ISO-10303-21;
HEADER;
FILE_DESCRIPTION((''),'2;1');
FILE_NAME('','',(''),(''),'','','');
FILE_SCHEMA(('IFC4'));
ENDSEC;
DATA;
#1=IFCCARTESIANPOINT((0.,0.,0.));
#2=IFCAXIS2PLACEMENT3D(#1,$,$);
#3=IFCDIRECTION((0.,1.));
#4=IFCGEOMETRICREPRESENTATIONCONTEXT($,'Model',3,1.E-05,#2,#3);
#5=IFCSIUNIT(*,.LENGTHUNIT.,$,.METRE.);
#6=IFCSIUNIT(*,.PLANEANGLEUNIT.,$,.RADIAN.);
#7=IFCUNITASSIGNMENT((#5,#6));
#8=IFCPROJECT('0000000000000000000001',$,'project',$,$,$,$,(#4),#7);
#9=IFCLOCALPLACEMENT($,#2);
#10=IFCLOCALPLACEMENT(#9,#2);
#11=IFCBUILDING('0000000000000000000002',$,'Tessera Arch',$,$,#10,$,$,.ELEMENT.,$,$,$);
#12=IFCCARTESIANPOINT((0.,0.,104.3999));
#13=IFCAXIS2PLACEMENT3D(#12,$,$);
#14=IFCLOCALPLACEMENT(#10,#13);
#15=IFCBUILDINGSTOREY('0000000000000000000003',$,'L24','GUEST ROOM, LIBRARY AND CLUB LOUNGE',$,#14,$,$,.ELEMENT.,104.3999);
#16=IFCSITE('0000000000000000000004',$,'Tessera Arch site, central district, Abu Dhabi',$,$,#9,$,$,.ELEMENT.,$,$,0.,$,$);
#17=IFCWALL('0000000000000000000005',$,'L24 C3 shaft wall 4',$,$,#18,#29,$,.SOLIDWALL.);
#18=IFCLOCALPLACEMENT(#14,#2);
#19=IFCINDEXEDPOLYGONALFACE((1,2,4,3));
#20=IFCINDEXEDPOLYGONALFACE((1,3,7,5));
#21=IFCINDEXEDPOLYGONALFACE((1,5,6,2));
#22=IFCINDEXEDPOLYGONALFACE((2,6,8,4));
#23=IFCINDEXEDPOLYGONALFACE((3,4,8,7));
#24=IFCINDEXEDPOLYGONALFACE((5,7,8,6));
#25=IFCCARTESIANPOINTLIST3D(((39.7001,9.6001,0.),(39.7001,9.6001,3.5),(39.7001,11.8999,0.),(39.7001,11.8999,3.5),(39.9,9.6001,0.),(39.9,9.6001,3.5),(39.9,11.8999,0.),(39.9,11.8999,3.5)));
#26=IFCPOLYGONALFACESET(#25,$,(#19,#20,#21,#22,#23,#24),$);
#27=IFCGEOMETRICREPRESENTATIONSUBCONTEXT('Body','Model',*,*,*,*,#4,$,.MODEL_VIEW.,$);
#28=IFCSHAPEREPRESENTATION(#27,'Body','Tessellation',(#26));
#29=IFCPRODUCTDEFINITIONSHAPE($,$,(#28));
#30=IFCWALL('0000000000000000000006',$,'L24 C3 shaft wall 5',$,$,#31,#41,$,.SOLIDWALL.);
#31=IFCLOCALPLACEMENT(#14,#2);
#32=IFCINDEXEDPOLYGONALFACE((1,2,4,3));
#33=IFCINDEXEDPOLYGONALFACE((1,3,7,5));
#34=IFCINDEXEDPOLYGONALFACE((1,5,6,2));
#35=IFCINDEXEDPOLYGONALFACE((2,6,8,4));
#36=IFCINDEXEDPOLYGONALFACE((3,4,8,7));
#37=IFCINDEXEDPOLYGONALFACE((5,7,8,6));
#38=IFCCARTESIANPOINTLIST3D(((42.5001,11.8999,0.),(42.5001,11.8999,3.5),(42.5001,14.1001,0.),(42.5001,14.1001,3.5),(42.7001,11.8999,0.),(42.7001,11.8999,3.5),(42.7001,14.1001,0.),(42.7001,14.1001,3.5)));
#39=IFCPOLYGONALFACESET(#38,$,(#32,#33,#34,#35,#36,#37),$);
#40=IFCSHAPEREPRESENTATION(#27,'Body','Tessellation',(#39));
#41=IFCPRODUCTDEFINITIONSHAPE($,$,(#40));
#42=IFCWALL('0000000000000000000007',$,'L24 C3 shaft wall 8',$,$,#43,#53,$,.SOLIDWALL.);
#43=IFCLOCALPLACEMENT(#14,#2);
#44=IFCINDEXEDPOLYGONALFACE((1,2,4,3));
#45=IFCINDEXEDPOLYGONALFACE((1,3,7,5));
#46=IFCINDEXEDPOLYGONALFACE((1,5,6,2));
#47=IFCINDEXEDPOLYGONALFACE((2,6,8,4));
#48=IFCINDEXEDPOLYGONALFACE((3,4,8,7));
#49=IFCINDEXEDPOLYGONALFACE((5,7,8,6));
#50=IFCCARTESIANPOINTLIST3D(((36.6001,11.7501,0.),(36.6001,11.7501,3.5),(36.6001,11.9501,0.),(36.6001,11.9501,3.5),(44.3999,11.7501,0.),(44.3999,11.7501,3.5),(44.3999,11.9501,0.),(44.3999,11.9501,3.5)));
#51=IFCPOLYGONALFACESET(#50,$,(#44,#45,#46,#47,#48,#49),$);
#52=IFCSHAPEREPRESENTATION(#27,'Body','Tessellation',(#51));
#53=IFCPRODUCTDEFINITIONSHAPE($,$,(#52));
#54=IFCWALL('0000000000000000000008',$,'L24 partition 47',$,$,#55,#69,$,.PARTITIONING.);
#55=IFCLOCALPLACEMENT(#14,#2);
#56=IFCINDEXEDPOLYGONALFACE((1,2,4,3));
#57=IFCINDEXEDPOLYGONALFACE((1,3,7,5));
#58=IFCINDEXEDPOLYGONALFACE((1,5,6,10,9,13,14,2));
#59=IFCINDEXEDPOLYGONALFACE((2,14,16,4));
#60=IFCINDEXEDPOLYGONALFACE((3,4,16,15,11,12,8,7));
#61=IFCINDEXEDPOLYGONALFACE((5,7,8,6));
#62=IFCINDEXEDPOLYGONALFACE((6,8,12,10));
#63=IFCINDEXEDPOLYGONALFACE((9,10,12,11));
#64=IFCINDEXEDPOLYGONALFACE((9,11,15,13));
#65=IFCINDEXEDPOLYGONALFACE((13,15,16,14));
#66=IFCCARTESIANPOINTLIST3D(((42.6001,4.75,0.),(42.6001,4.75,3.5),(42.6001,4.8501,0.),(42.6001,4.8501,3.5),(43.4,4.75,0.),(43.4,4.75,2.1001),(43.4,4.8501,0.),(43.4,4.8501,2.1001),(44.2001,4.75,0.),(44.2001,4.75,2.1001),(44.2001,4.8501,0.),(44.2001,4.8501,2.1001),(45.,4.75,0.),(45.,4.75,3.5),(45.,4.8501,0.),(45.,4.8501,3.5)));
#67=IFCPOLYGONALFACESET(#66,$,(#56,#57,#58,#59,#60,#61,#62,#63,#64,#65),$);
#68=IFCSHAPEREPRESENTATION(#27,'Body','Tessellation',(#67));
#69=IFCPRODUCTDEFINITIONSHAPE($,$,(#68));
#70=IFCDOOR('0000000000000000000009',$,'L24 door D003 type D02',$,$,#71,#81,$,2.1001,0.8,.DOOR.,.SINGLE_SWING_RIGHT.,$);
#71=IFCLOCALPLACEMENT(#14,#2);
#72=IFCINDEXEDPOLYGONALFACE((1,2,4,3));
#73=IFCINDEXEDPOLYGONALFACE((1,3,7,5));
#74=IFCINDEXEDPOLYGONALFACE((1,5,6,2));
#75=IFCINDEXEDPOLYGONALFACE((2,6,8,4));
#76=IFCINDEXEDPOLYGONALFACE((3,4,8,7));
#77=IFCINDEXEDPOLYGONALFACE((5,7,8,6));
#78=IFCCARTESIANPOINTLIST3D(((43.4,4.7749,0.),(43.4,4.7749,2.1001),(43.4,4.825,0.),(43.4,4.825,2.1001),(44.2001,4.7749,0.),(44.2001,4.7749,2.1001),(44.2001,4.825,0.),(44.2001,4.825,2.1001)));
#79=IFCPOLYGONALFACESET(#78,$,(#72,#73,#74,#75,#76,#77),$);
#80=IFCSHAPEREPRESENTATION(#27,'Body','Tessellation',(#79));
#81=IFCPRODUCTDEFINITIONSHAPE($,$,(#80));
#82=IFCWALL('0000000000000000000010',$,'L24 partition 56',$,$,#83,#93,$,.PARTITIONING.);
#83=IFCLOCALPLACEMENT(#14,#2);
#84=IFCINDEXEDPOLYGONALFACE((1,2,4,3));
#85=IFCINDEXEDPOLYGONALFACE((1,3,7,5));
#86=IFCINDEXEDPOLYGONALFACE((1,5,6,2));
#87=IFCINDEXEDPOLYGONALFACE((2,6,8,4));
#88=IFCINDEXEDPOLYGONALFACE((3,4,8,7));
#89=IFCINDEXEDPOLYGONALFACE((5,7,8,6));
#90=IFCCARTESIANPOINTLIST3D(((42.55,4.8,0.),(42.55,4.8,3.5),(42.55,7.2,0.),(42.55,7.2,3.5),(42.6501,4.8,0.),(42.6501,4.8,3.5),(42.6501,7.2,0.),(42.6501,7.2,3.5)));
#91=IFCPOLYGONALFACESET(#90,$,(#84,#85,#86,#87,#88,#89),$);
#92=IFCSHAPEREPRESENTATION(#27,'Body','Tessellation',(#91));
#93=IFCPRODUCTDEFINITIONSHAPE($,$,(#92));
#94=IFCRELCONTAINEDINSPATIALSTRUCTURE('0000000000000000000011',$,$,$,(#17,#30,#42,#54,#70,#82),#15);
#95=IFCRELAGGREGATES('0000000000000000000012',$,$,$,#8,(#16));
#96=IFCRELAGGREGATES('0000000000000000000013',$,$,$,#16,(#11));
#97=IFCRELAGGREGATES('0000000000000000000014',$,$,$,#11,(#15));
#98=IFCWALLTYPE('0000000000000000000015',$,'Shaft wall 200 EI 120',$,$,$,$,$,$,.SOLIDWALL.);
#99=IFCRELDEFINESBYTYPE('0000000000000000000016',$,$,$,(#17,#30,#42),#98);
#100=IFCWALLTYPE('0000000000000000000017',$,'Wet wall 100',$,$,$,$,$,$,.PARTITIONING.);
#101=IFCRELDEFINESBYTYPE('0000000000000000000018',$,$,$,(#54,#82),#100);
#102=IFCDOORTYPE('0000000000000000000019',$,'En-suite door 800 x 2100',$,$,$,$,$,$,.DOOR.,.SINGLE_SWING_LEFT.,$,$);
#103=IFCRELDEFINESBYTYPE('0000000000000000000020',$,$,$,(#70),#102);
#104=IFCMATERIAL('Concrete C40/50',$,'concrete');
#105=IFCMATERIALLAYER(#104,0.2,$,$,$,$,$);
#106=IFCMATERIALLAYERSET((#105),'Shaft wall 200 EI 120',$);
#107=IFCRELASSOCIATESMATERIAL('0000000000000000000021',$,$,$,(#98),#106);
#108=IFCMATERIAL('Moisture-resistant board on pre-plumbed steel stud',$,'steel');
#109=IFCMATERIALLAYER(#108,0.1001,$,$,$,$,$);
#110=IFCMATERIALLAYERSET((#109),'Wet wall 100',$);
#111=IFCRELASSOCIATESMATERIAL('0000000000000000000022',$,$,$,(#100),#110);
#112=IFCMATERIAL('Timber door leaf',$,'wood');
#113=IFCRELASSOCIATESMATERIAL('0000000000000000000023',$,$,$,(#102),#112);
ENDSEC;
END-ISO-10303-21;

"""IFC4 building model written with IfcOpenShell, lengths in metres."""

from ifc_helpers import new_model, si_unit, direction, frame, frame_2d, origin, place, context, subcontext, project, spatial, rectangle, extrude, material, layer, layer_set, type_object, element, fill, save


model = new_model("IFC4")

# Units and contexts
model_context = context("Model", 3, precision=1e-05, world=origin(), true_north=direction((0.0, 1.0)))
body_context = subcontext(model_context, "Body", "Model", "MODEL_VIEW")
ifc_project = project(units=[si_unit("LENGTHUNIT", "METRE"), si_unit("PLANEANGLEUNIT", "RADIAN")], contexts=[model_context])

# Site, building, storey
site_placement = place(None, origin())
site = spatial("IfcSite", under=ifc_project, at=site_placement, Name="Tessera Arch site, central district, Abu Dhabi", CompositionType="ELEMENT", RefElevation=0.0)
building_placement = place(site_placement, origin())
building = spatial("IfcBuilding", under=site, at=building_placement, Name="Tessera Arch", CompositionType="ELEMENT")
storey_placement = place(building_placement, frame((0.0, 0.0, 104.3999)))
storey = spatial("IfcBuildingStorey", under=building, at=storey_placement, Name="L24", Description="GUEST ROOM, LIBRARY AND CLUB LOUNGE", CompositionType="ELEMENT", Elevation=104.3999)

# Walls
ifc_material_1 = material(Name="Concrete C40/50", Category="concrete")
ifc_layer_1 = layer(ifc_material_1, 0.2)
ifc_layer_set_1 = layer_set([ifc_layer_1], Name="Shaft wall 200 EI 120")
wall_type_1 = type_object("IfcWallType", Name="Shaft wall 200 EI 120", PredefinedType="SOLIDWALL", material=ifc_layer_set_1)
wall_1_placement = place(storey_placement, frame((39.8, 9.6001, 0.0), z_axis=(0.0, 0.0, 1.0), x_axis=(0.0, 1.0, 0.0)))
element("IfcWall", 1, at=wall_1_placement, inside=storey, type_object=wall_type_1, Name="L24 C3 shaft wall 4", PredefinedType="SOLIDWALL", context=body_context, shape_type="SweptSolid", body=[
    extrude(rectangle(XDim=2.2998, YDim=0.2, at=frame_2d((1.1499, 0.0))), origin(), (0.0, 0.0, 1.0), 3.5),
])
wall_2_placement = place(storey_placement, frame((42.6001, 11.8999, 0.0), z_axis=(0.0, 0.0, 1.0), x_axis=(0.0, 1.0, 0.0)))
element("IfcWall", 2, at=wall_2_placement, inside=storey, type_object=wall_type_1, Name="L24 C3 shaft wall 5", PredefinedType="SOLIDWALL", context=body_context, shape_type="SweptSolid", body=[
    extrude(rectangle(XDim=2.2002, YDim=0.2, at=frame_2d((1.1001, 0.0))), origin(), (0.0, 0.0, 1.0), 3.5),
])
wall_3_placement = place(storey_placement, frame((36.6001, 11.8501, 0.0), z_axis=(0.0, 0.0, 1.0), x_axis=(1.0, 0.0, 0.0)))
element("IfcWall", 3, at=wall_3_placement, inside=storey, type_object=wall_type_1, Name="L24 C3 shaft wall 8", PredefinedType="SOLIDWALL", context=body_context, shape_type="SweptSolid", body=[
    extrude(rectangle(XDim=7.7998, YDim=0.2, at=frame_2d((3.8999, 0.0))), origin(), (0.0, 0.0, 1.0), 3.5),
])

# Wall, opening, door
ifc_material_2 = material(Name="Moisture-resistant board on pre-plumbed steel stud", Category="steel")
ifc_layer_2 = layer(ifc_material_2, 0.1001)
ifc_layer_set_2 = layer_set([ifc_layer_2], Name="Wet wall 100")
wall_type_2 = type_object("IfcWallType", Name="Wet wall 100", PredefinedType="PARTITIONING", material=ifc_layer_set_2)
wall_4_placement = place(storey_placement, frame((42.6001, 4.8, 0.0), z_axis=(0.0, 0.0, 1.0), x_axis=(1.0, 0.0, 0.0)))
wall_4 = element("IfcWall", 4, at=wall_4_placement, inside=storey, type_object=wall_type_2, Name="L24 partition 47", PredefinedType="PARTITIONING", context=body_context, shape_type="SweptSolid", body=[
    extrude(rectangle(XDim=2.3999, YDim=0.1001, at=frame_2d((1.2, 0.0))), origin(), (0.0, 0.0, 1.0), 3.5),
])
opening_1_placement = place(wall_4_placement, frame((0.8, 0.0, 0.0)))
opening_1 = element("IfcOpeningElement", 5, at=opening_1_placement, cuts=wall_4, PredefinedType="OPENING", context=body_context, shape_type="SweptSolid", body=[
    extrude(rectangle(XDim=0.8, YDim=2.1001, at=frame_2d((0.3999, 1.05))), frame((0.0, 0.0601, 0.0), z_axis=(0.0, -1.0, 0.0), x_axis=(1.0, 0.0, 0.0)), (0.0, 0.0, 1.0), 0.1201),
])
ifc_material_3 = material(Name="Timber door leaf", Category="wood")
door_type_1 = type_object("IfcDoorType", Name="En-suite door 800 x 2100", OperationType="SINGLE_SWING_LEFT", PredefinedType="DOOR", material=ifc_material_3)
door_1_placement = place(opening_1_placement, origin())
door_1 = element("IfcDoor", 6, at=door_1_placement, inside=storey, type_object=door_type_1, Name="L24 door D003 type D02", OperationType="SINGLE_SWING_RIGHT", OverallHeight=2.1001, OverallWidth=0.8, PredefinedType="DOOR", context=body_context, shape_type="SweptSolid", body=[
    extrude(rectangle(XDim=0.8, YDim=2.1001, at=frame_2d((0.3999, 1.05))), frame((0.0, 0.0249, 0.0), z_axis=(0.0, -1.0, 0.0), x_axis=(1.0, 0.0, 0.0)), (0.0, 0.0, 1.0), 0.05),
])
fill(opening_1, door_1)

# Wall
wall_5_placement = place(storey_placement, frame((42.6001, 4.8, 0.0), z_axis=(0.0, 0.0, 1.0), x_axis=(0.0, 1.0, 0.0)))
element("IfcWall", 7, at=wall_5_placement, inside=storey, type_object=wall_type_2, Name="L24 partition 56", PredefinedType="PARTITIONING", context=body_context, shape_type="SweptSolid", body=[
    extrude(rectangle(XDim=2.3999, YDim=0.1001, at=frame_2d((1.2, 0.0))), origin(), (0.0, 0.0, 1.0), 3.5),
])

save(model, "model.ifc")
